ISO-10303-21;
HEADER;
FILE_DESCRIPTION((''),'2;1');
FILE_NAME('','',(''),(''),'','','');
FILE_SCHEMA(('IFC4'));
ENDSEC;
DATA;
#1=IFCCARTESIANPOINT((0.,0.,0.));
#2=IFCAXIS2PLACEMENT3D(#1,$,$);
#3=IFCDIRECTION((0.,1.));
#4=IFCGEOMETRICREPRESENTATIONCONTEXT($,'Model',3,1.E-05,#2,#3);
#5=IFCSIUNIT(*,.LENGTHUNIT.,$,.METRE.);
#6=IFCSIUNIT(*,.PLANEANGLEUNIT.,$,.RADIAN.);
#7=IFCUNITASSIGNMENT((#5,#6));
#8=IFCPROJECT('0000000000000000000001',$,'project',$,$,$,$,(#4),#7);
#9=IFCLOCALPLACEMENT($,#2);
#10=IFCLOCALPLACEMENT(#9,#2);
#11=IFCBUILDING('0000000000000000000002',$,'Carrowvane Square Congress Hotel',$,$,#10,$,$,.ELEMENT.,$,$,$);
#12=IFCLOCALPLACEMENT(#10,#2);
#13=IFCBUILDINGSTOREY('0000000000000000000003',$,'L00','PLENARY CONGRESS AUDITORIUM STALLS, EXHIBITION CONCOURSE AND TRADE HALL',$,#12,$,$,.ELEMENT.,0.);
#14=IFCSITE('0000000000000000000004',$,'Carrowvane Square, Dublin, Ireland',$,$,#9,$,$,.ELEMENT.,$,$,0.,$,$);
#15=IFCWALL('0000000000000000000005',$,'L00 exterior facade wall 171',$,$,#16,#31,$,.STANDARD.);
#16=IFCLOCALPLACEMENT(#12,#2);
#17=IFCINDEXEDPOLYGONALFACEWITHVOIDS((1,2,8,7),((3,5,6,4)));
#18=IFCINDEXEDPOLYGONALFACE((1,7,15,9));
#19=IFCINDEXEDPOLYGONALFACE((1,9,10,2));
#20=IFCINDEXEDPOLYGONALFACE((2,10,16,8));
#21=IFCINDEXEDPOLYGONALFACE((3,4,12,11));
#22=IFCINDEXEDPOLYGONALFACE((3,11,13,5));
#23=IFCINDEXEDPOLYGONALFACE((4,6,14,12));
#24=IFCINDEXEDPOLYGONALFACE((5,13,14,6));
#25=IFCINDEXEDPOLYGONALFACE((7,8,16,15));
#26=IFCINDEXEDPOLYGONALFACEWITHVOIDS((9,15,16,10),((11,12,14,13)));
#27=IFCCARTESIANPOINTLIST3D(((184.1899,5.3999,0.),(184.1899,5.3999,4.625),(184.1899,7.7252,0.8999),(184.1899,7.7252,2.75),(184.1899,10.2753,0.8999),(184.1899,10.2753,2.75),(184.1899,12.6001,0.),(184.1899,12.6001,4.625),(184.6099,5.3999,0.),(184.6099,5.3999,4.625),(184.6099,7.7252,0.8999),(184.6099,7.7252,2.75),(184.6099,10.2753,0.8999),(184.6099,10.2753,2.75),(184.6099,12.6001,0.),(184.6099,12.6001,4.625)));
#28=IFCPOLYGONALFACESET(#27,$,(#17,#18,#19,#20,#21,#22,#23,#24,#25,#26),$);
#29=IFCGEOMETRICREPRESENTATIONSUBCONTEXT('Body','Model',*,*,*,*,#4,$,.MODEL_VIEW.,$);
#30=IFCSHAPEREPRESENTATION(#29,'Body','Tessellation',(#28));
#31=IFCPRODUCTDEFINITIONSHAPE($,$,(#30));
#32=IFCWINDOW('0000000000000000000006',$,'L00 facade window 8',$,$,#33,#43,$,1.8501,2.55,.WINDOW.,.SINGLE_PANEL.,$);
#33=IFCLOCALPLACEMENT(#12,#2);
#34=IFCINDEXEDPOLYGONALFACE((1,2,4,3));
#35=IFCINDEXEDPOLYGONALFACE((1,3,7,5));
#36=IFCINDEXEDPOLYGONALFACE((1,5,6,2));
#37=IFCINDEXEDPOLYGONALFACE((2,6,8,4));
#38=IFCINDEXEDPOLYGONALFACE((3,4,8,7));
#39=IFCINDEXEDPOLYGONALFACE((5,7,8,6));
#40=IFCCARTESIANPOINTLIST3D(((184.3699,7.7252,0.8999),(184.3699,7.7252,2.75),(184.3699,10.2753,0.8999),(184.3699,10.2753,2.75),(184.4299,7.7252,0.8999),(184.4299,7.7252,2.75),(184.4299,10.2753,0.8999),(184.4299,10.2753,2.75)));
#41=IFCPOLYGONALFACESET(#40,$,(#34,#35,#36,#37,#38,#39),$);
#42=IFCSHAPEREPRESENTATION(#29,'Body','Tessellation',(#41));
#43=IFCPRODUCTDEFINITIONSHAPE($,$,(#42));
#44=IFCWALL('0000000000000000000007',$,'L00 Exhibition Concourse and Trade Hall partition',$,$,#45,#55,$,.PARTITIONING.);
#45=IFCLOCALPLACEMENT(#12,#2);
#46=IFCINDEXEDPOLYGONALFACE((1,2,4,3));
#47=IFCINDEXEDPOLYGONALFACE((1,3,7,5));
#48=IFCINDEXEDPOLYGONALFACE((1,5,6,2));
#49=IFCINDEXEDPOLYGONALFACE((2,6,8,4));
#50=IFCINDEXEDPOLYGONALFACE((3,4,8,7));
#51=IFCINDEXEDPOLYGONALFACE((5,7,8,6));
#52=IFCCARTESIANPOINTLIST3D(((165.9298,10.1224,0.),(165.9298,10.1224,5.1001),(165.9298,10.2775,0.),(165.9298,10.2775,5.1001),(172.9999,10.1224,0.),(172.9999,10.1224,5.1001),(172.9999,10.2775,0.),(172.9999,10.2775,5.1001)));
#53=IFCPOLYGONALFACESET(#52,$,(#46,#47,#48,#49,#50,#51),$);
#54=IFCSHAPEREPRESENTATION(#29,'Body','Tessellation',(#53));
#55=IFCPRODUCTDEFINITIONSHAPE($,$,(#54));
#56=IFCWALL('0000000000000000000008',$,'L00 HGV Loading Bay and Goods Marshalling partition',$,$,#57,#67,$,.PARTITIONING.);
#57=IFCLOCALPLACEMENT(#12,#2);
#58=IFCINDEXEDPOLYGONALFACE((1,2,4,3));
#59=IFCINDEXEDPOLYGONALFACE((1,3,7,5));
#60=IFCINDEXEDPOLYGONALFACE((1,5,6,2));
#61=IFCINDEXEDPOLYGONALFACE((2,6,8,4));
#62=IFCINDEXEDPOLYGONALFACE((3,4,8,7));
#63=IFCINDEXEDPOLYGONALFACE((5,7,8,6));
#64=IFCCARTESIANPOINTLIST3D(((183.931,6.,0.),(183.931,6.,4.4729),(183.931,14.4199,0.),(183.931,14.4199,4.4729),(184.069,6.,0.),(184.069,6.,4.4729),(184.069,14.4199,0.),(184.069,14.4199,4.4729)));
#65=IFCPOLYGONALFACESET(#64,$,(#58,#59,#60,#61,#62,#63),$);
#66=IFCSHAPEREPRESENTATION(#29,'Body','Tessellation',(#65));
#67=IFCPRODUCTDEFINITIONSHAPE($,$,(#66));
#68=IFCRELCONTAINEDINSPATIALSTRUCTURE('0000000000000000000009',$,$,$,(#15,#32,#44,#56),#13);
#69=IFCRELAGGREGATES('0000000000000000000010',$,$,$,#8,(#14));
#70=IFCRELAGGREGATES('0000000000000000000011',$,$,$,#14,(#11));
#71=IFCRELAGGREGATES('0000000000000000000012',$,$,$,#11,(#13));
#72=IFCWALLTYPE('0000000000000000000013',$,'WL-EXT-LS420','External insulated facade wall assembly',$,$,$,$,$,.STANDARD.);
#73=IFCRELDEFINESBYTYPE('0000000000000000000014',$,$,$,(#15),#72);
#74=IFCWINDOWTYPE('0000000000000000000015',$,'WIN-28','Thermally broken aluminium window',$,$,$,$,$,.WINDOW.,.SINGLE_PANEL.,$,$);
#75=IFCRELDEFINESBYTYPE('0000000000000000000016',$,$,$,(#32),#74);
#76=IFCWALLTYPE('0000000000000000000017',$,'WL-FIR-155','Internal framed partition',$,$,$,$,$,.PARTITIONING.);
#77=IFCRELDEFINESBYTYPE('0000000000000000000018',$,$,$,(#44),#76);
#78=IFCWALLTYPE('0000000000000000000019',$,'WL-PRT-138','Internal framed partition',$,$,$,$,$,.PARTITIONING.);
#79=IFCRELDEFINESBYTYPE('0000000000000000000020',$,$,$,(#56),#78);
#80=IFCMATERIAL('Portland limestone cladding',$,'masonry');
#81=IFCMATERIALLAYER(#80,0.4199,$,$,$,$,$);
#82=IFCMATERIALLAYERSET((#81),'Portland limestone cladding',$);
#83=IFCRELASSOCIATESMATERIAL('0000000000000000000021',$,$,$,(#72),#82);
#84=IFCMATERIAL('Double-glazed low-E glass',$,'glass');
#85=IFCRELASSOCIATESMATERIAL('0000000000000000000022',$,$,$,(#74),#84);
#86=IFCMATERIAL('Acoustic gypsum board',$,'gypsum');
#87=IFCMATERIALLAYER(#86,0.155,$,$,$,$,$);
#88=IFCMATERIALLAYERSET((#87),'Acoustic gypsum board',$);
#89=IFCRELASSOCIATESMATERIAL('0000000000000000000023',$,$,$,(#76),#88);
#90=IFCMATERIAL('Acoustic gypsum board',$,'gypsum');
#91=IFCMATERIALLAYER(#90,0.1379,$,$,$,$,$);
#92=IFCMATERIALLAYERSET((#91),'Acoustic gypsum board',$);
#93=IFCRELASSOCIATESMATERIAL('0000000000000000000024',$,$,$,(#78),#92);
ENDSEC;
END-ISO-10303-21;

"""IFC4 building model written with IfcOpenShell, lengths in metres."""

from ifc_helpers import new_model, si_unit, direction, frame, frame_2d, origin, place, context, subcontext, project, spatial, rectangle, extrude, material, layer, layer_set, type_object, element, fill, save


model = new_model("IFC4")

# Units and contexts
model_context = context("Model", 3, precision=1e-05, world=origin(), true_north=direction((0.0, 1.0)))
body_context = subcontext(model_context, "Body", "Model", "MODEL_VIEW")
ifc_project = project(units=[si_unit("LENGTHUNIT", "METRE"), si_unit("PLANEANGLEUNIT", "RADIAN")], contexts=[model_context])

# Site, building, storey
site_placement = place(None, origin())
site = spatial("IfcSite", under=ifc_project, at=site_placement, Name="Carrowvane Square, Dublin, Ireland", CompositionType="ELEMENT", RefElevation=0.0)
building_placement = place(site_placement, origin())
building = spatial("IfcBuilding", under=site, at=building_placement, Name="Carrowvane Square Congress Hotel", CompositionType="ELEMENT")
storey_placement = place(building_placement, origin())
storey = spatial("IfcBuildingStorey", under=building, at=storey_placement, Name="L00", Description="PLENARY CONGRESS AUDITORIUM STALLS, EXHIBITION CONCOURSE AND TRADE HALL", CompositionType="ELEMENT", Elevation=0.0)

# Shared definitions
ifc_material_1 = material(Name="Portland limestone cladding", Category="masonry")
ifc_layer_1 = layer(ifc_material_1, 0.4199)
ifc_layer_set_1 = layer_set([ifc_layer_1], Name="Portland limestone cladding")
wall_type_1 = type_object("IfcWallType", Name="WL-EXT-LS420", Description="External insulated facade wall assembly", PredefinedType="STANDARD", material=ifc_layer_set_1)

# Wall, opening, window
wall_1_placement = place(storey_placement, frame((184.3999, 12.6001, 0.0), z_axis=(0.0, 0.0, 1.0), x_axis=(0.0, -1.0, 0.0)))
wall_1 = element("IfcWall", 1, at=wall_1_placement, inside=storey, type_object=wall_type_1, Name="L00 exterior facade wall 171", PredefinedType="STANDARD", context=body_context, shape_type="SweptSolid", body=[
    extrude(rectangle(XDim=7.2002, YDim=0.4199, at=frame_2d((3.6001, 0.0))), origin(), (0.0, 0.0, 1.0), 4.625),
])
opening_1_placement = place(wall_1_placement, frame((2.325, 0.0, 0.8999)))
opening_1 = element("IfcOpeningElement", 2, at=opening_1_placement, cuts=wall_1, PredefinedType="OPENING", context=body_context, shape_type="SweptSolid", body=[
    extrude(rectangle(XDim=2.55, YDim=1.8501, at=frame_2d((1.2749, 0.925))), frame((0.0, 0.22, 0.0), z_axis=(0.0, -1.0, 0.0), x_axis=(1.0, 0.0, 0.0)), (0.0, 0.0, 1.0), 0.4399),
])
ifc_material_2 = material(Name="Double-glazed low-E glass", Category="glass")
window_type = type_object("IfcWindowType", Name="WIN-28", Description="Thermally broken aluminium window", PartitioningType="SINGLE_PANEL", PredefinedType="WINDOW", material=ifc_material_2)
window_placement = place(opening_1_placement, origin())
window = element("IfcWindow", 3, at=window_placement, inside=storey, type_object=window_type, Name="L00 facade window 8", OverallHeight=1.8501, OverallWidth=2.55, PartitioningType="SINGLE_PANEL", PredefinedType="WINDOW", context=body_context, shape_type="SweptSolid", body=[
    extrude(rectangle(XDim=2.55, YDim=1.8501, at=frame_2d((1.2749, 0.925))), frame((0.0, 0.03, 0.0), z_axis=(0.0, -1.0, 0.0), x_axis=(1.0, 0.0, 0.0)), (0.0, 0.0, 1.0), 0.0601),
])
fill(opening_1, window)

# Walls
ifc_material_3 = material(Name="Acoustic gypsum board", Category="gypsum")
ifc_layer_2 = layer(ifc_material_3, 0.155)
ifc_layer_set_2 = layer_set([ifc_layer_2], Name="Acoustic gypsum board")
wall_type_2 = type_object("IfcWallType", Name="WL-FIR-155", Description="Internal framed partition", PredefinedType="PARTITIONING", material=ifc_layer_set_2)
wall_2_placement = place(storey_placement, frame((173.0, 10.2, 0.0), z_axis=(0.0, 0.0, 1.0), x_axis=(-1.0, 0.0, 0.0)))
element("IfcWall", 4, at=wall_2_placement, inside=storey, type_object=wall_type_2, Name="L00 Exhibition Concourse and Trade Hall partition", PredefinedType="PARTITIONING", context=body_context, shape_type="SweptSolid", body=[
    extrude(rectangle(XDim=7.0701, YDim=0.155, at=frame_2d((3.5352, 0.0))), origin(), (0.0, 0.0, 1.0), 5.1001),
])
ifc_material_4 = material(Name="Acoustic gypsum board", Category="gypsum")
ifc_layer_3 = layer(ifc_material_4, 0.1379)
ifc_layer_set_3 = layer_set([ifc_layer_3], Name="Acoustic gypsum board")
wall_type_3 = type_object("IfcWallType", Name="WL-PRT-138", Description="Internal framed partition", PredefinedType="PARTITIONING", material=ifc_layer_set_3)
wall_3_placement = place(storey_placement, frame((184.0, 14.4199, 0.0), z_axis=(0.0, 0.0, 1.0), x_axis=(0.0, -1.0, 0.0)))
element("IfcWall", 5, at=wall_3_placement, inside=storey, type_object=wall_type_3, Name="L00 HGV Loading Bay and Goods Marshalling partition", PredefinedType="PARTITIONING", context=body_context, shape_type="SweptSolid", body=[
    extrude(rectangle(XDim=8.4199, YDim=0.1379, at=frame_2d((4.21, 0.0))), origin(), (0.0, 0.0, 1.0), 4.4729),
])

save(model, "model.ifc")
